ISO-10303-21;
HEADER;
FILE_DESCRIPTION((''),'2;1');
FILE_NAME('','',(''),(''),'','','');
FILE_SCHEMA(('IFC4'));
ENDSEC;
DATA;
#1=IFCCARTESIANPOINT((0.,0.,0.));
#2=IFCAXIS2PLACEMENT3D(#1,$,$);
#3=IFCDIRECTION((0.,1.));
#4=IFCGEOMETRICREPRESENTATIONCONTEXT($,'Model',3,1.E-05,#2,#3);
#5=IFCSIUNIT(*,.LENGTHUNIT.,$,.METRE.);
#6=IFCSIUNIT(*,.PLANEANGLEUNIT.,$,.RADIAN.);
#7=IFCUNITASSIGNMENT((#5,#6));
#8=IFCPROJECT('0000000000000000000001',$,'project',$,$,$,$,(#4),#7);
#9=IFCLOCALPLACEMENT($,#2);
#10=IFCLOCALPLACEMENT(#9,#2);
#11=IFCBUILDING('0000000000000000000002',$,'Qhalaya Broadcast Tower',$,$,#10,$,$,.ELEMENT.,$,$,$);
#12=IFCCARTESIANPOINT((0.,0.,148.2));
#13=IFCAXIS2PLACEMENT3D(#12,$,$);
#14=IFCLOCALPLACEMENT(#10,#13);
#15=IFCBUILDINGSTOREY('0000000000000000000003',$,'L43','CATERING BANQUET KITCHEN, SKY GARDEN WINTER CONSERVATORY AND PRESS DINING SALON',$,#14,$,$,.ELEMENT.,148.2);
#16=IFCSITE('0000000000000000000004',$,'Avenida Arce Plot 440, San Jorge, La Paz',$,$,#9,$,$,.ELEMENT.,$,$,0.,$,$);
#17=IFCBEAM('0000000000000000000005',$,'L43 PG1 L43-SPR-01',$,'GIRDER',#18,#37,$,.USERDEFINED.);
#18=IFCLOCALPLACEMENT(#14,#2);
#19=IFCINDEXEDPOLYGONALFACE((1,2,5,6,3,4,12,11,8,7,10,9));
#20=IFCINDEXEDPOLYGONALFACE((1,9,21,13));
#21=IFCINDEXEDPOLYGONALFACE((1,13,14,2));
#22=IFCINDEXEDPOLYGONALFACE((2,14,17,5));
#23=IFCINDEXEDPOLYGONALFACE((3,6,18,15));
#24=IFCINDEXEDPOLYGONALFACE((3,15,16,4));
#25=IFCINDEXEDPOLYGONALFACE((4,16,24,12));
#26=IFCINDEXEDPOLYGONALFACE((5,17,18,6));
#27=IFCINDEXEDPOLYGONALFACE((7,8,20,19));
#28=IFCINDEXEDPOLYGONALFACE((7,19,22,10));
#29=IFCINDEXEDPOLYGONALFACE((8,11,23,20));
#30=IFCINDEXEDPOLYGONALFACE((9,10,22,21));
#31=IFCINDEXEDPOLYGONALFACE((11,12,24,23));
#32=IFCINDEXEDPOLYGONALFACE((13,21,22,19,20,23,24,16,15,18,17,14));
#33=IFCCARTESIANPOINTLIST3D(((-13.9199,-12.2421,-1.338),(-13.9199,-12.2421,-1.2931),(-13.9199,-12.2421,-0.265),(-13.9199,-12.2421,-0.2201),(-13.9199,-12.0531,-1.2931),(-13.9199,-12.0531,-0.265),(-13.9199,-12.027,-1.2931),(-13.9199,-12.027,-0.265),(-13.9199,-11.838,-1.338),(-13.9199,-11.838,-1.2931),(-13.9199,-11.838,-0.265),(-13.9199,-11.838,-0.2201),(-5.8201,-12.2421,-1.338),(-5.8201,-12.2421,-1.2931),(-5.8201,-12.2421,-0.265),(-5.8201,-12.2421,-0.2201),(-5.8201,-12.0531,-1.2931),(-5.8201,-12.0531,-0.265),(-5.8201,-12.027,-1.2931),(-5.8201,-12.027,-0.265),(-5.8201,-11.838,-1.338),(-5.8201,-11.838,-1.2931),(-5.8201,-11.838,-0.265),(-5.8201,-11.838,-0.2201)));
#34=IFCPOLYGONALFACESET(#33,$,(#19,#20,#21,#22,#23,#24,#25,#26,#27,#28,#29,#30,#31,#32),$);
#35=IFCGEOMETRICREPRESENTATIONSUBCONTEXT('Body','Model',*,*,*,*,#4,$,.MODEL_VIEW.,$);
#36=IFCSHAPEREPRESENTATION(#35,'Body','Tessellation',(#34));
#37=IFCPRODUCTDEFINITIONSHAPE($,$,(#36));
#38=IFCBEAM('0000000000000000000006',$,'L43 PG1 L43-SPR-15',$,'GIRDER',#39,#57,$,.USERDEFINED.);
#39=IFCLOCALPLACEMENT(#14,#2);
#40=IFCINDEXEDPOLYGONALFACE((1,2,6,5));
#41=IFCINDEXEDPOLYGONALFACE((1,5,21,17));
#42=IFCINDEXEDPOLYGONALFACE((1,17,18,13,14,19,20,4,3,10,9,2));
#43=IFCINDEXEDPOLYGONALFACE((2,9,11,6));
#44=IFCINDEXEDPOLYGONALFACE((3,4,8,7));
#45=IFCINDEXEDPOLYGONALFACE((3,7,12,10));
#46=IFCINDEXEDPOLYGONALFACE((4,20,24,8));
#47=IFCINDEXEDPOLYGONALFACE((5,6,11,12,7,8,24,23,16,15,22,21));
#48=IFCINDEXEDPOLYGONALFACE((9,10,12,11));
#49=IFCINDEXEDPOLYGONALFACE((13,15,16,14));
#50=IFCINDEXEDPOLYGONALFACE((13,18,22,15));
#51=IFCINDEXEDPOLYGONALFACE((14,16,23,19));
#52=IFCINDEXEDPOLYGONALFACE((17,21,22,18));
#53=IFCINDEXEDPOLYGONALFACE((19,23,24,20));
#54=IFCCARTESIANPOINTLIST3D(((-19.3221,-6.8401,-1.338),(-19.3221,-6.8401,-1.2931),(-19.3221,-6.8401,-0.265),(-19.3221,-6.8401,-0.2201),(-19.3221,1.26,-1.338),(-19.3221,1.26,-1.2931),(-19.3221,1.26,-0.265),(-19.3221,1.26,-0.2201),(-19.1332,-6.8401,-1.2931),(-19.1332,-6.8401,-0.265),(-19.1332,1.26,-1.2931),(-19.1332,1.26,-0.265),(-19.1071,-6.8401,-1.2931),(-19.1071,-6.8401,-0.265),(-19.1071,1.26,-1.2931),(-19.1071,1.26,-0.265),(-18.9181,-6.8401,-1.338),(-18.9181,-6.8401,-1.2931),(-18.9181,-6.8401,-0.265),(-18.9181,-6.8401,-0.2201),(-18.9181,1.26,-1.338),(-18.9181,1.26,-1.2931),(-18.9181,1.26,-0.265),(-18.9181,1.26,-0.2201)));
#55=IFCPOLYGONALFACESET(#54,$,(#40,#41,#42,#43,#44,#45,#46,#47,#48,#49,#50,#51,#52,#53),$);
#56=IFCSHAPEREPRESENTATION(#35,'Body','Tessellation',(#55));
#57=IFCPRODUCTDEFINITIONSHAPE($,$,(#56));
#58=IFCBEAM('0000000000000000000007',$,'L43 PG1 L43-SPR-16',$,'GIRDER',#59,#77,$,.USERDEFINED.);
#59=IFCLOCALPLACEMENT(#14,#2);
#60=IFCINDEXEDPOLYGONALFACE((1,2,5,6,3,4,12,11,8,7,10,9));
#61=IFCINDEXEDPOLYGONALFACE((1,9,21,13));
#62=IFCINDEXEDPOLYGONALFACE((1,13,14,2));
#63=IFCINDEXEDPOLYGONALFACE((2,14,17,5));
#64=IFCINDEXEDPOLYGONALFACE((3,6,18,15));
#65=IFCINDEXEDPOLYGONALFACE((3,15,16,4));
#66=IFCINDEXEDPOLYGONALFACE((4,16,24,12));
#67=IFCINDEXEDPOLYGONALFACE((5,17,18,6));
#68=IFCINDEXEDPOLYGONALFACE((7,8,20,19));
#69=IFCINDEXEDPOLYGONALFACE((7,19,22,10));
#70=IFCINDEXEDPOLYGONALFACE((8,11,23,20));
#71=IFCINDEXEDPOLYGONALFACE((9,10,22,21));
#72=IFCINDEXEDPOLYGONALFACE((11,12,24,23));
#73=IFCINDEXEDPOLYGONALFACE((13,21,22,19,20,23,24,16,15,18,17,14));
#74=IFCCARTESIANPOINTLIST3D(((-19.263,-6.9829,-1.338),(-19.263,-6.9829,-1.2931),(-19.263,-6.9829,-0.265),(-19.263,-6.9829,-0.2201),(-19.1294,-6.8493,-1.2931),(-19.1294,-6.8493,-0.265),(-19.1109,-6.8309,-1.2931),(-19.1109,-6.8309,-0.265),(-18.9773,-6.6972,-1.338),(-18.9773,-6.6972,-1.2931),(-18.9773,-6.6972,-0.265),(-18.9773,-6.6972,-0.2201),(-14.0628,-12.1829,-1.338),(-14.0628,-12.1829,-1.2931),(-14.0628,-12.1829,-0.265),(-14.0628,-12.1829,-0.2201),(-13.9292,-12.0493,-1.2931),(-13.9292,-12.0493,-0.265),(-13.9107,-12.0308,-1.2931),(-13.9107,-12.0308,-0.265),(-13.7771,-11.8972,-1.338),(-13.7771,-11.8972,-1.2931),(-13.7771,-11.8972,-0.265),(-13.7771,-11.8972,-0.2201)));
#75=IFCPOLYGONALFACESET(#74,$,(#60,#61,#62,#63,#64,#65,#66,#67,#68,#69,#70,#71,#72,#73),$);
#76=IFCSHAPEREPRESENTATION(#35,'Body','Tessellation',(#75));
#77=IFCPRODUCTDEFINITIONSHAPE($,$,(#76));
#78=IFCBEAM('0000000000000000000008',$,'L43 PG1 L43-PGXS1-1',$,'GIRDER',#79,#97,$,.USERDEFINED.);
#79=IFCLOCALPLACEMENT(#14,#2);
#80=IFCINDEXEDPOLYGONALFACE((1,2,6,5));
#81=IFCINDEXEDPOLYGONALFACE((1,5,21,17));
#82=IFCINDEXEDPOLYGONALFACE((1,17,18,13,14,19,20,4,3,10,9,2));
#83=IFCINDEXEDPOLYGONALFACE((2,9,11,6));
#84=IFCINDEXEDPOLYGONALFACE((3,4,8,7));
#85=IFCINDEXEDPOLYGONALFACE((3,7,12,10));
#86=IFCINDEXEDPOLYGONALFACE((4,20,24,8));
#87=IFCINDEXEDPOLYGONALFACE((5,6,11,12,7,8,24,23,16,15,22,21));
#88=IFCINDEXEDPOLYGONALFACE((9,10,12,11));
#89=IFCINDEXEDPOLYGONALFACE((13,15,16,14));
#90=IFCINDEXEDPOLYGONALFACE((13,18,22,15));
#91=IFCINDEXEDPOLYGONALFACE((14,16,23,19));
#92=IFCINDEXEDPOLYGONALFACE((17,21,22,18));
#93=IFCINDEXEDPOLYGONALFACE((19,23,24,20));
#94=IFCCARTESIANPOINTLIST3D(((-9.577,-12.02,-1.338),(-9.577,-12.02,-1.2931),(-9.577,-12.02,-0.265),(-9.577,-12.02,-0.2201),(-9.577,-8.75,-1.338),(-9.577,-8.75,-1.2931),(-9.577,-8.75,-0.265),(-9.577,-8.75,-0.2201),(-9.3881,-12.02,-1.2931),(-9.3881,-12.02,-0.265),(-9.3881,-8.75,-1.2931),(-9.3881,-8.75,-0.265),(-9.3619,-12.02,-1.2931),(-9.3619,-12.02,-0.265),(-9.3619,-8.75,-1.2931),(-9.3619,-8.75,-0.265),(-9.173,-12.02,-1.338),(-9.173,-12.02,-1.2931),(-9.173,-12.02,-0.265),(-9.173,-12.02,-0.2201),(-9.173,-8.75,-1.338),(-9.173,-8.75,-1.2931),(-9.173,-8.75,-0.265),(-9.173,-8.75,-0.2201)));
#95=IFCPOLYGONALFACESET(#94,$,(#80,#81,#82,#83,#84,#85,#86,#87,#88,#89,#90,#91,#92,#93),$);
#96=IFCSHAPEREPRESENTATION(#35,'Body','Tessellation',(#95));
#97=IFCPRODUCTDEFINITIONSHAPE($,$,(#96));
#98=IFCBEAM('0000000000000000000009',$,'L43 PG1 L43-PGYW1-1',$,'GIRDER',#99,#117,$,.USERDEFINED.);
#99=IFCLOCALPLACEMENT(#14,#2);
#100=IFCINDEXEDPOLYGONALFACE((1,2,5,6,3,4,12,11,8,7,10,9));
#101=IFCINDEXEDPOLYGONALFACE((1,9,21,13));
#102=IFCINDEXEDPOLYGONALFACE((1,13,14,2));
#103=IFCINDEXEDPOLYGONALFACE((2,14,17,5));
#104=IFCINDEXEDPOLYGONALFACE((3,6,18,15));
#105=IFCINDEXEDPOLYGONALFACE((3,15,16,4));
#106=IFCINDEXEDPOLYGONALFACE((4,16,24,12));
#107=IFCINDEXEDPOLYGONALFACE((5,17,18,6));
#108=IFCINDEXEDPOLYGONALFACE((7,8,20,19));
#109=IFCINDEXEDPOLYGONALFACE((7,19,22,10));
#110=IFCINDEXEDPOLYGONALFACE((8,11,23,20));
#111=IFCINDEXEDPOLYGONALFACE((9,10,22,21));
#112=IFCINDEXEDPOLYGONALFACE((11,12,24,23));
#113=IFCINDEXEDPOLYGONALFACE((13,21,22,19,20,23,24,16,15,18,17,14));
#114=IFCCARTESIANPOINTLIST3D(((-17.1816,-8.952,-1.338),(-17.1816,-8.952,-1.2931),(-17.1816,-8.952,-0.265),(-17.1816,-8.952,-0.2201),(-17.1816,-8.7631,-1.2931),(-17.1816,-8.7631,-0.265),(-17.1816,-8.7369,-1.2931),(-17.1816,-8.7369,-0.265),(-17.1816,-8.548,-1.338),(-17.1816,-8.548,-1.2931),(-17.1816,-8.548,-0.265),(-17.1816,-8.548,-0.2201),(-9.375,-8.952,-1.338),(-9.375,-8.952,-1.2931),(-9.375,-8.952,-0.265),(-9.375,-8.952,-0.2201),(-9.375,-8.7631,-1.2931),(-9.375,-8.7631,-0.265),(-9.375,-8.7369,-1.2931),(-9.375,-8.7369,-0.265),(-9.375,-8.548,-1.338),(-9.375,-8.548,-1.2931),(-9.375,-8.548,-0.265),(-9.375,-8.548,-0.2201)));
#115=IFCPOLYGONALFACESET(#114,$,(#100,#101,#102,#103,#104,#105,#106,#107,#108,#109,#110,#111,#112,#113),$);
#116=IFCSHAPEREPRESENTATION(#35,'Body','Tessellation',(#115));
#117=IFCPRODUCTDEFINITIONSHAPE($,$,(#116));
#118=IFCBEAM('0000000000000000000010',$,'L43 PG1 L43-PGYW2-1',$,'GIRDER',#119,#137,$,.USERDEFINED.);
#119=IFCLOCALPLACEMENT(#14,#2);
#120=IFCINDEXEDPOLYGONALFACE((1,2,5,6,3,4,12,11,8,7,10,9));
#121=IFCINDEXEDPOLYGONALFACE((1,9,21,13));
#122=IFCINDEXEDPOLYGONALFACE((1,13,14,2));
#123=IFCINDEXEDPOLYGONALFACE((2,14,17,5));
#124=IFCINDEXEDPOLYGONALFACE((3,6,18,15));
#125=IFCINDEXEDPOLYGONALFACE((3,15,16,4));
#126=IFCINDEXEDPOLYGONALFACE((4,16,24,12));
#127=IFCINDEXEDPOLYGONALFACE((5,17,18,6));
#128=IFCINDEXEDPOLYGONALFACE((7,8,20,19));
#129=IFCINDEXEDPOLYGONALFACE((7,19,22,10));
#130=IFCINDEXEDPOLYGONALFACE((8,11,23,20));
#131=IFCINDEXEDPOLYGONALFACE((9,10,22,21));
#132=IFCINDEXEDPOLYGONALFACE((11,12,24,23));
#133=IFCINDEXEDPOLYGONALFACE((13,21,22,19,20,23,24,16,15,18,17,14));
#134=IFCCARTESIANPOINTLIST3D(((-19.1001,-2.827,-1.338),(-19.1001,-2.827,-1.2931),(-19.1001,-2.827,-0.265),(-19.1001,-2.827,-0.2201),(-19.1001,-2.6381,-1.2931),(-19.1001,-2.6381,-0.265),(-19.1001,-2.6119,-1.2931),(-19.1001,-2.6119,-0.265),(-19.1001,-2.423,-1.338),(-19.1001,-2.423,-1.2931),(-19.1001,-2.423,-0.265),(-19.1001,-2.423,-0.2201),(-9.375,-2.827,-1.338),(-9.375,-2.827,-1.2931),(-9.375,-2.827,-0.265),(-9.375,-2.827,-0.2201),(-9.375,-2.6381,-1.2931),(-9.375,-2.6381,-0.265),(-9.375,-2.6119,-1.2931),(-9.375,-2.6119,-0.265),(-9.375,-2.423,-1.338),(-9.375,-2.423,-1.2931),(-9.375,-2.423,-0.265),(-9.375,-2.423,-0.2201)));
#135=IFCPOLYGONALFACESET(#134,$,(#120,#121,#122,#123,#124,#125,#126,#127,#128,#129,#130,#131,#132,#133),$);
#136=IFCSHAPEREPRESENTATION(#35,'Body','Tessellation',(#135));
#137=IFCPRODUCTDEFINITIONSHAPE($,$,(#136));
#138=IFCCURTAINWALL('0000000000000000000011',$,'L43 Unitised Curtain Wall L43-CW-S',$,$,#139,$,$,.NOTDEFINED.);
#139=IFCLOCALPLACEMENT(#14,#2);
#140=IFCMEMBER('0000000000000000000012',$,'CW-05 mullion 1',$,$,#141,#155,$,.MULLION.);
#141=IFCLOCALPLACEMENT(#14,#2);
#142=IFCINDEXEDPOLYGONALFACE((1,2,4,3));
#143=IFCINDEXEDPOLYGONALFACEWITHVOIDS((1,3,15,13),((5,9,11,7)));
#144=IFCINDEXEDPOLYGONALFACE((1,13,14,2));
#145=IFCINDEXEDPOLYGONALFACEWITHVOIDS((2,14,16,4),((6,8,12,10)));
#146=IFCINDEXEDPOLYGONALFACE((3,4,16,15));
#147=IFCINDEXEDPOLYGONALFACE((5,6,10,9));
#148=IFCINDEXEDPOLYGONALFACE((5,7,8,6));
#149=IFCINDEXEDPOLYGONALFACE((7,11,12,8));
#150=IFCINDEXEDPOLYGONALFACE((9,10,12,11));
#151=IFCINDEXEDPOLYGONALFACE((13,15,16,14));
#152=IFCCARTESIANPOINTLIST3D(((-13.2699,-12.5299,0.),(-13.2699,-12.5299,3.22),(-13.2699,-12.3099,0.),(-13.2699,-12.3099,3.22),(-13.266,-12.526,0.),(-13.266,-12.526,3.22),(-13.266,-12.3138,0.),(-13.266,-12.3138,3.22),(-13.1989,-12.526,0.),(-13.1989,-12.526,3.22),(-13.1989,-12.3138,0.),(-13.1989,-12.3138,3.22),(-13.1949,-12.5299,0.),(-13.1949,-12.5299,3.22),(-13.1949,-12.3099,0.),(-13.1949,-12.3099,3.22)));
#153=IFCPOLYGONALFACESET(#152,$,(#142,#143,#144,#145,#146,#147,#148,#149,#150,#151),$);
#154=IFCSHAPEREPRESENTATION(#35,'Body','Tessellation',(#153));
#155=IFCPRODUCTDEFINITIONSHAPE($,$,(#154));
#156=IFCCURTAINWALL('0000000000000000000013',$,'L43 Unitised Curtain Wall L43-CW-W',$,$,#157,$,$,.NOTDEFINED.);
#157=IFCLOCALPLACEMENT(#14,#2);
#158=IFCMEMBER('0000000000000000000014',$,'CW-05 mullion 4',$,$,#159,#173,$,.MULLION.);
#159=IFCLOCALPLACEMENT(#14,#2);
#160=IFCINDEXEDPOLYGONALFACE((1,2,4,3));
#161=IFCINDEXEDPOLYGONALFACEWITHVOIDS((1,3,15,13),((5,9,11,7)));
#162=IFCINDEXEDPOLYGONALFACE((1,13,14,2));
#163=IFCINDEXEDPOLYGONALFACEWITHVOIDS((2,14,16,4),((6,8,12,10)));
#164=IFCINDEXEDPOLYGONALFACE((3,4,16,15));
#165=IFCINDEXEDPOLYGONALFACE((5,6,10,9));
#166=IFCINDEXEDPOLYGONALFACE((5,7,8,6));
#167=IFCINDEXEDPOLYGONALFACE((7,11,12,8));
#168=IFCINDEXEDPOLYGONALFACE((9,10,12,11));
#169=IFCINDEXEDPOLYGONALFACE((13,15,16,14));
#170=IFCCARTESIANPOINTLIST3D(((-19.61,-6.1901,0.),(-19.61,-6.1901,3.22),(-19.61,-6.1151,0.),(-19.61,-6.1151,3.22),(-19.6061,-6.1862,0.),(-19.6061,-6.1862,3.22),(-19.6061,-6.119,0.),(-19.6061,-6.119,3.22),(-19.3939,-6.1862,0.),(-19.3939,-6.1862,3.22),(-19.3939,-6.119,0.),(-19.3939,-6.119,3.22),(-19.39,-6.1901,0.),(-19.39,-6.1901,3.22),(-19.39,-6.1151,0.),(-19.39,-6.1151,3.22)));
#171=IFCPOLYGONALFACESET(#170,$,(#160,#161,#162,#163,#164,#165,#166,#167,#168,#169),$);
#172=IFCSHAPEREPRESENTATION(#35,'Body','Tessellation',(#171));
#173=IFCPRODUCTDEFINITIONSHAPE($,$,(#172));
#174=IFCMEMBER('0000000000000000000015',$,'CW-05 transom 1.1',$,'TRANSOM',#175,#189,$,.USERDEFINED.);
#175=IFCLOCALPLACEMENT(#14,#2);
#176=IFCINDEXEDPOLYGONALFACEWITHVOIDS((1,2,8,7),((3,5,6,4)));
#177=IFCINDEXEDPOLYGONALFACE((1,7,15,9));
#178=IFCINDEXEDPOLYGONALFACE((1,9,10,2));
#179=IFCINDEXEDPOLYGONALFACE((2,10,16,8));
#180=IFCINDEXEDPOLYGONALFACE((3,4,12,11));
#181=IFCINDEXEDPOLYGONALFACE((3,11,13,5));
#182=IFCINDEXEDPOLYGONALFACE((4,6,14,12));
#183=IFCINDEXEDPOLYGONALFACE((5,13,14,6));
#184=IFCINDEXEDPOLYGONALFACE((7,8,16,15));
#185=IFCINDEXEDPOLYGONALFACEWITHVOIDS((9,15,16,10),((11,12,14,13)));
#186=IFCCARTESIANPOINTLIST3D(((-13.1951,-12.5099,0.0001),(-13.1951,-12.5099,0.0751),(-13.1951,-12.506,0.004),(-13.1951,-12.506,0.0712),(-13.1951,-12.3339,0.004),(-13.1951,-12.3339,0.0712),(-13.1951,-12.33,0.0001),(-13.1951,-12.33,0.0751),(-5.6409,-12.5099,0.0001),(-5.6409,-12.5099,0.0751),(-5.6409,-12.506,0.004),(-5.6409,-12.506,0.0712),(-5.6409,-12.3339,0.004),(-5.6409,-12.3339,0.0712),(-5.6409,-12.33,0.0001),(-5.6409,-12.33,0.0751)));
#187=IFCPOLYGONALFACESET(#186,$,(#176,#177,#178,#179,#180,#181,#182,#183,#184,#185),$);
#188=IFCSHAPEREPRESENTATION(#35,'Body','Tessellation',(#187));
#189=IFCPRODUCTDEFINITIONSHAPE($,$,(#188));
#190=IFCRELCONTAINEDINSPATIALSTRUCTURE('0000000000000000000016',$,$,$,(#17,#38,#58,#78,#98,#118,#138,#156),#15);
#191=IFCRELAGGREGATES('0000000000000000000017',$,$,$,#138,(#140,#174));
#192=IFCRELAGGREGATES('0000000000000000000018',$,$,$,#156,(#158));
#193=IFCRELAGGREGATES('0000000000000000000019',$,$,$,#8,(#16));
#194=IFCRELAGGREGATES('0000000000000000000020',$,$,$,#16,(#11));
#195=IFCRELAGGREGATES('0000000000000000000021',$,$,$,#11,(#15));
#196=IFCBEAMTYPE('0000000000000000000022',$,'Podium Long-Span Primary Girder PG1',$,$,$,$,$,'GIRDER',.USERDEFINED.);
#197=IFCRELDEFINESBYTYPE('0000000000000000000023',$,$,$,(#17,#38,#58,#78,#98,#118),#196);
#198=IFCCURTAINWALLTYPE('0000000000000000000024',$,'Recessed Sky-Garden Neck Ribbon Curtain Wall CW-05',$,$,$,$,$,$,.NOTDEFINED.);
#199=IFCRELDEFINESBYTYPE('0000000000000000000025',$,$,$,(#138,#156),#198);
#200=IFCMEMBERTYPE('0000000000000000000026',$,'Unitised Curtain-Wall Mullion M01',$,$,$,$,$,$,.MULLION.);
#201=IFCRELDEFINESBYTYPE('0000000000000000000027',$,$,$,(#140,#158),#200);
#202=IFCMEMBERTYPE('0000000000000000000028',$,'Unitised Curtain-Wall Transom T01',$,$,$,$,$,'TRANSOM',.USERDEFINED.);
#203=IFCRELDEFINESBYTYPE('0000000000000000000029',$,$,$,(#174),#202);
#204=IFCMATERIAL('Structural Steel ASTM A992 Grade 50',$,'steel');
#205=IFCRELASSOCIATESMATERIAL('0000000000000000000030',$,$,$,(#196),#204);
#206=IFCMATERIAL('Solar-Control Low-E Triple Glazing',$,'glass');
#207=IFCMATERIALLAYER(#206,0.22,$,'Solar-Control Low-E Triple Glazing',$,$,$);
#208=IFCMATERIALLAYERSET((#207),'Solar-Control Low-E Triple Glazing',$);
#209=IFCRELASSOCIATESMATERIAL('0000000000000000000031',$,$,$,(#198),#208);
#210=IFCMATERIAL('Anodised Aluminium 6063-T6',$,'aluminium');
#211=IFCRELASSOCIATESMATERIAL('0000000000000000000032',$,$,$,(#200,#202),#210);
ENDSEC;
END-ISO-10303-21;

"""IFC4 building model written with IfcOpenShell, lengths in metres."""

from ifc_helpers import new_model, si_unit, direction, frame, origin, origin_2d, place, context, subcontext, project, spatial, hollow_rectangle, i_section, extrude, material, layer, layer_set, material_profile, profile_set, type_object, element, aggregate, save


model = new_model("IFC4")

# Units and contexts
model_context = context("Model", 3, precision=1e-05, world=origin(), true_north=direction((0.0, 1.0)))
body_context = subcontext(model_context, "Body", "Model", "MODEL_VIEW")
ifc_project = project(units=[si_unit("LENGTHUNIT", "METRE"), si_unit("PLANEANGLEUNIT", "RADIAN")], contexts=[model_context])

# Site, building, storey
site_placement = place(None, origin())
site = spatial("IfcSite", under=ifc_project, at=site_placement, Name="Avenida Arce Plot 440, San Jorge, La Paz", CompositionType="ELEMENT", RefElevation=0.0)
building_placement = place(site_placement, origin())
building = spatial("IfcBuilding", under=site, at=building_placement, Name="Qhalaya Broadcast Tower", CompositionType="ELEMENT")
storey_placement = place(building_placement, frame((0.0, 0.0, 148.2)))
storey = spatial("IfcBuildingStorey", under=building, at=storey_placement, Name="L43", Description="CATERING BANQUET KITCHEN, SKY GARDEN WINTER CONSERVATORY AND PRESS DINING SALON", CompositionType="ELEMENT", Elevation=148.2)

# Shared definitions
ifc_material_1 = material(Name="Structural Steel ASTM A992 Grade 50", Category="steel")

# Beams
ifc_material_profile_1 = material_profile(ifc_material_1, i_section(OverallWidth=0.4041, OverallDepth=1.1179, WebThickness=0.0261, FlangeThickness=0.0449, at=origin_2d()), Name="W44X335")
ifc_profile_set_1 = profile_set([ifc_material_profile_1], Name="Structural Steel ASTM A992 Grade 50")
beam_type_1 = type_object("IfcBeamType", Name="Podium Long-Span Primary Girder PG1", ElementType="GIRDER", PredefinedType="USERDEFINED", material=ifc_profile_set_1)
beam_1_placement = place(storey_placement, frame((-13.9199, -12.04, -0.7791), z_axis=(1.0, 0.0, 0.0), x_axis=(0.0, 1.0, 0.0)))
element("IfcBeam", 1, at=beam_1_placement, inside=storey, type_object=beam_type_1, Name="L43 PG1 L43-SPR-01", ObjectType="GIRDER", PredefinedType="USERDEFINED", context=body_context, shape_type="SweptSolid", body=[
    extrude(i_section(OverallWidth=0.4041, OverallDepth=1.1179, WebThickness=0.0261, FlangeThickness=0.0449, at=origin_2d()), origin(), (0.0, 0.0, 1.0), 8.0999),
])
beam_2_placement = place(storey_placement, frame((-19.1201, 1.26, -0.7791), z_axis=(0.0, -1.0, 0.0), x_axis=(1.0, 0.0, 0.0)))
element("IfcBeam", 2, at=beam_2_placement, inside=storey, type_object=beam_type_1, Name="L43 PG1 L43-SPR-15", ObjectType="GIRDER", PredefinedType="USERDEFINED", context=body_context, shape_type="SweptSolid", body=[
    extrude(i_section(OverallWidth=0.4041, OverallDepth=1.1179, WebThickness=0.0261, FlangeThickness=0.0449, at=origin_2d()), origin(), (0.0, 0.0, 1.0), 8.1001),
])
beam_3_placement = place(storey_placement, frame((-19.1201, -6.8401, -0.7791), z_axis=(0.707123, -0.70709, 0.0), x_axis=(0.70709, 0.707123, 0.0)))
element("IfcBeam", 3, at=beam_3_placement, inside=storey, type_object=beam_type_1, Name="L43 PG1 L43-SPR-16", ObjectType="GIRDER", PredefinedType="USERDEFINED", context=body_context, shape_type="SweptSolid", body=[
    extrude(i_section(OverallWidth=0.4041, OverallDepth=1.1179, WebThickness=0.0261, FlangeThickness=0.0449, at=origin_2d()), origin(), (0.0, 0.0, 1.0), 7.354),
])
beam_4_placement = place(storey_placement, frame((-9.375, -12.02, -0.7791), z_axis=(0.0, 1.0, 0.0), x_axis=(-1.0, 0.0, 0.0)))
element("IfcBeam", 4, at=beam_4_placement, inside=storey, type_object=beam_type_1, Name="L43 PG1 L43-PGXS1-1", ObjectType="GIRDER", PredefinedType="USERDEFINED", context=body_context, shape_type="SweptSolid", body=[
    extrude(i_section(OverallWidth=0.4041, OverallDepth=1.1179, WebThickness=0.0261, FlangeThickness=0.0449, at=origin_2d()), origin(), (0.0, 0.0, 1.0), 3.27),
])
beam_5_placement = place(storey_placement, frame((-17.1816, -8.75, -0.7791), z_axis=(1.0, 0.0, 0.0), x_axis=(0.0, 1.0, 0.0)))
element("IfcBeam", 5, at=beam_5_placement, inside=storey, type_object=beam_type_1, Name="L43 PG1 L43-PGYW1-1", ObjectType="GIRDER", PredefinedType="USERDEFINED", context=body_context, shape_type="SweptSolid", body=[
    extrude(i_section(OverallWidth=0.4041, OverallDepth=1.1179, WebThickness=0.0261, FlangeThickness=0.0449, at=origin_2d()), origin(), (0.0, 0.0, 1.0), 7.8066),
])
beam_6_placement = place(storey_placement, frame((-19.1001, -2.625, -0.7791), z_axis=(1.0, 0.0, 0.0), x_axis=(0.0, 1.0, 0.0)))
element("IfcBeam", 6, at=beam_6_placement, inside=storey, type_object=beam_type_1, Name="L43 PG1 L43-PGYW2-1", ObjectType="GIRDER", PredefinedType="USERDEFINED", context=body_context, shape_type="SweptSolid", body=[
    extrude(i_section(OverallWidth=0.4041, OverallDepth=1.1179, WebThickness=0.0261, FlangeThickness=0.0449, at=origin_2d()), origin(), (0.0, 0.0, 1.0), 9.7251),
])

# Curtain walls, members
ifc_material_2 = material(Name="Solar-Control Low-E Triple Glazing", Category="glass")
ifc_layer_1 = layer(ifc_material_2, 0.22, Name="Solar-Control Low-E Triple Glazing")
ifc_layer_set_1 = layer_set([ifc_layer_1], Name="Solar-Control Low-E Triple Glazing")
curtain_wall_type = type_object("IfcCurtainWallType", Name="Recessed Sky-Garden Neck Ribbon Curtain Wall CW-05", PredefinedType="NOTDEFINED", material=ifc_layer_set_1)
curtain_wall_1_placement = place(storey_placement, origin())
curtain_wall_1 = element("IfcCurtainWall", 7, at=curtain_wall_1_placement, inside=storey, type_object=curtain_wall_type, Name="L43 Unitised Curtain Wall L43-CW-S", PredefinedType="NOTDEFINED")
ifc_material_3 = material(Name="Anodised Aluminium 6063-T6", Category="aluminium")
ifc_material_profile_2 = material_profile(ifc_material_3, hollow_rectangle(XDim=0.075, YDim=0.22, WallThickness=0.0039, at=origin_2d()), Name="ALU-MUL 75x220x4")
ifc_profile_set_2 = profile_set([ifc_material_profile_2], Name="Anodised Aluminium 6063-T6")
member_type_1 = type_object("IfcMemberType", Name="Unitised Curtain-Wall Mullion M01", PredefinedType="MULLION", material=ifc_profile_set_2)
member_1_placement = place(storey_placement, frame((-13.2324, -12.4199, 0.0), z_axis=(0.0, 0.0, 1.0), x_axis=(1.0, 0.0, 0.0)))
member_1 = element("IfcMember", 8, at=member_1_placement, type_object=member_type_1, Name="CW-05 mullion 1", PredefinedType="MULLION", context=body_context, shape_type="SweptSolid", body=[
    extrude(hollow_rectangle(XDim=0.075, YDim=0.22, WallThickness=0.0039, at=origin_2d()), origin(), (0.0, 0.0, 1.0), 3.22),
])
curtain_wall_2_placement = place(storey_placement, origin())
curtain_wall_2 = element("IfcCurtainWall", 9, at=curtain_wall_2_placement, inside=storey, type_object=curtain_wall_type, Name="L43 Unitised Curtain Wall L43-CW-W", PredefinedType="NOTDEFINED")
member_2_placement = place(storey_placement, frame((-19.5, -6.1526, 0.0), z_axis=(0.0, 0.0, 1.0), x_axis=(0.0, -1.0, 0.0)))
member_2 = element("IfcMember", 10, at=member_2_placement, type_object=member_type_1, Name="CW-05 mullion 4", PredefinedType="MULLION", context=body_context, shape_type="SweptSolid", body=[
    extrude(hollow_rectangle(XDim=0.075, YDim=0.22, WallThickness=0.0039, at=origin_2d()), origin(), (0.0, 0.0, 1.0), 3.22),
])

# Member
ifc_material_profile_3 = material_profile(ifc_material_3, hollow_rectangle(XDim=0.075, YDim=0.1799, WallThickness=0.0039, at=origin_2d()), Name="ALU-TRN 75x180x4")
ifc_profile_set_3 = profile_set([ifc_material_profile_3], Name="Anodised Aluminium 6063-T6")
member_type_2 = type_object("IfcMemberType", Name="Unitised Curtain-Wall Transom T01", ElementType="TRANSOM", PredefinedType="USERDEFINED", material=ifc_profile_set_3)
member_3_placement = place(storey_placement, frame((-13.1951, -12.4199, 0.0376), z_axis=(1.0, 0.0, 0.0), x_axis=(0.0, 0.0, 1.0)))
member_3 = element("IfcMember", 11, at=member_3_placement, type_object=member_type_2, Name="CW-05 transom 1.1", ObjectType="TRANSOM", PredefinedType="USERDEFINED", context=body_context, shape_type="SweptSolid", body=[
    extrude(hollow_rectangle(XDim=0.075, YDim=0.1799, WallThickness=0.0039, at=origin_2d()), origin(), (0.0, 0.0, 1.0), 7.5542),
])

aggregate(curtain_wall_1, [member_1, member_3])
aggregate(curtain_wall_2, [member_2])

save(model, "model.ifc")
